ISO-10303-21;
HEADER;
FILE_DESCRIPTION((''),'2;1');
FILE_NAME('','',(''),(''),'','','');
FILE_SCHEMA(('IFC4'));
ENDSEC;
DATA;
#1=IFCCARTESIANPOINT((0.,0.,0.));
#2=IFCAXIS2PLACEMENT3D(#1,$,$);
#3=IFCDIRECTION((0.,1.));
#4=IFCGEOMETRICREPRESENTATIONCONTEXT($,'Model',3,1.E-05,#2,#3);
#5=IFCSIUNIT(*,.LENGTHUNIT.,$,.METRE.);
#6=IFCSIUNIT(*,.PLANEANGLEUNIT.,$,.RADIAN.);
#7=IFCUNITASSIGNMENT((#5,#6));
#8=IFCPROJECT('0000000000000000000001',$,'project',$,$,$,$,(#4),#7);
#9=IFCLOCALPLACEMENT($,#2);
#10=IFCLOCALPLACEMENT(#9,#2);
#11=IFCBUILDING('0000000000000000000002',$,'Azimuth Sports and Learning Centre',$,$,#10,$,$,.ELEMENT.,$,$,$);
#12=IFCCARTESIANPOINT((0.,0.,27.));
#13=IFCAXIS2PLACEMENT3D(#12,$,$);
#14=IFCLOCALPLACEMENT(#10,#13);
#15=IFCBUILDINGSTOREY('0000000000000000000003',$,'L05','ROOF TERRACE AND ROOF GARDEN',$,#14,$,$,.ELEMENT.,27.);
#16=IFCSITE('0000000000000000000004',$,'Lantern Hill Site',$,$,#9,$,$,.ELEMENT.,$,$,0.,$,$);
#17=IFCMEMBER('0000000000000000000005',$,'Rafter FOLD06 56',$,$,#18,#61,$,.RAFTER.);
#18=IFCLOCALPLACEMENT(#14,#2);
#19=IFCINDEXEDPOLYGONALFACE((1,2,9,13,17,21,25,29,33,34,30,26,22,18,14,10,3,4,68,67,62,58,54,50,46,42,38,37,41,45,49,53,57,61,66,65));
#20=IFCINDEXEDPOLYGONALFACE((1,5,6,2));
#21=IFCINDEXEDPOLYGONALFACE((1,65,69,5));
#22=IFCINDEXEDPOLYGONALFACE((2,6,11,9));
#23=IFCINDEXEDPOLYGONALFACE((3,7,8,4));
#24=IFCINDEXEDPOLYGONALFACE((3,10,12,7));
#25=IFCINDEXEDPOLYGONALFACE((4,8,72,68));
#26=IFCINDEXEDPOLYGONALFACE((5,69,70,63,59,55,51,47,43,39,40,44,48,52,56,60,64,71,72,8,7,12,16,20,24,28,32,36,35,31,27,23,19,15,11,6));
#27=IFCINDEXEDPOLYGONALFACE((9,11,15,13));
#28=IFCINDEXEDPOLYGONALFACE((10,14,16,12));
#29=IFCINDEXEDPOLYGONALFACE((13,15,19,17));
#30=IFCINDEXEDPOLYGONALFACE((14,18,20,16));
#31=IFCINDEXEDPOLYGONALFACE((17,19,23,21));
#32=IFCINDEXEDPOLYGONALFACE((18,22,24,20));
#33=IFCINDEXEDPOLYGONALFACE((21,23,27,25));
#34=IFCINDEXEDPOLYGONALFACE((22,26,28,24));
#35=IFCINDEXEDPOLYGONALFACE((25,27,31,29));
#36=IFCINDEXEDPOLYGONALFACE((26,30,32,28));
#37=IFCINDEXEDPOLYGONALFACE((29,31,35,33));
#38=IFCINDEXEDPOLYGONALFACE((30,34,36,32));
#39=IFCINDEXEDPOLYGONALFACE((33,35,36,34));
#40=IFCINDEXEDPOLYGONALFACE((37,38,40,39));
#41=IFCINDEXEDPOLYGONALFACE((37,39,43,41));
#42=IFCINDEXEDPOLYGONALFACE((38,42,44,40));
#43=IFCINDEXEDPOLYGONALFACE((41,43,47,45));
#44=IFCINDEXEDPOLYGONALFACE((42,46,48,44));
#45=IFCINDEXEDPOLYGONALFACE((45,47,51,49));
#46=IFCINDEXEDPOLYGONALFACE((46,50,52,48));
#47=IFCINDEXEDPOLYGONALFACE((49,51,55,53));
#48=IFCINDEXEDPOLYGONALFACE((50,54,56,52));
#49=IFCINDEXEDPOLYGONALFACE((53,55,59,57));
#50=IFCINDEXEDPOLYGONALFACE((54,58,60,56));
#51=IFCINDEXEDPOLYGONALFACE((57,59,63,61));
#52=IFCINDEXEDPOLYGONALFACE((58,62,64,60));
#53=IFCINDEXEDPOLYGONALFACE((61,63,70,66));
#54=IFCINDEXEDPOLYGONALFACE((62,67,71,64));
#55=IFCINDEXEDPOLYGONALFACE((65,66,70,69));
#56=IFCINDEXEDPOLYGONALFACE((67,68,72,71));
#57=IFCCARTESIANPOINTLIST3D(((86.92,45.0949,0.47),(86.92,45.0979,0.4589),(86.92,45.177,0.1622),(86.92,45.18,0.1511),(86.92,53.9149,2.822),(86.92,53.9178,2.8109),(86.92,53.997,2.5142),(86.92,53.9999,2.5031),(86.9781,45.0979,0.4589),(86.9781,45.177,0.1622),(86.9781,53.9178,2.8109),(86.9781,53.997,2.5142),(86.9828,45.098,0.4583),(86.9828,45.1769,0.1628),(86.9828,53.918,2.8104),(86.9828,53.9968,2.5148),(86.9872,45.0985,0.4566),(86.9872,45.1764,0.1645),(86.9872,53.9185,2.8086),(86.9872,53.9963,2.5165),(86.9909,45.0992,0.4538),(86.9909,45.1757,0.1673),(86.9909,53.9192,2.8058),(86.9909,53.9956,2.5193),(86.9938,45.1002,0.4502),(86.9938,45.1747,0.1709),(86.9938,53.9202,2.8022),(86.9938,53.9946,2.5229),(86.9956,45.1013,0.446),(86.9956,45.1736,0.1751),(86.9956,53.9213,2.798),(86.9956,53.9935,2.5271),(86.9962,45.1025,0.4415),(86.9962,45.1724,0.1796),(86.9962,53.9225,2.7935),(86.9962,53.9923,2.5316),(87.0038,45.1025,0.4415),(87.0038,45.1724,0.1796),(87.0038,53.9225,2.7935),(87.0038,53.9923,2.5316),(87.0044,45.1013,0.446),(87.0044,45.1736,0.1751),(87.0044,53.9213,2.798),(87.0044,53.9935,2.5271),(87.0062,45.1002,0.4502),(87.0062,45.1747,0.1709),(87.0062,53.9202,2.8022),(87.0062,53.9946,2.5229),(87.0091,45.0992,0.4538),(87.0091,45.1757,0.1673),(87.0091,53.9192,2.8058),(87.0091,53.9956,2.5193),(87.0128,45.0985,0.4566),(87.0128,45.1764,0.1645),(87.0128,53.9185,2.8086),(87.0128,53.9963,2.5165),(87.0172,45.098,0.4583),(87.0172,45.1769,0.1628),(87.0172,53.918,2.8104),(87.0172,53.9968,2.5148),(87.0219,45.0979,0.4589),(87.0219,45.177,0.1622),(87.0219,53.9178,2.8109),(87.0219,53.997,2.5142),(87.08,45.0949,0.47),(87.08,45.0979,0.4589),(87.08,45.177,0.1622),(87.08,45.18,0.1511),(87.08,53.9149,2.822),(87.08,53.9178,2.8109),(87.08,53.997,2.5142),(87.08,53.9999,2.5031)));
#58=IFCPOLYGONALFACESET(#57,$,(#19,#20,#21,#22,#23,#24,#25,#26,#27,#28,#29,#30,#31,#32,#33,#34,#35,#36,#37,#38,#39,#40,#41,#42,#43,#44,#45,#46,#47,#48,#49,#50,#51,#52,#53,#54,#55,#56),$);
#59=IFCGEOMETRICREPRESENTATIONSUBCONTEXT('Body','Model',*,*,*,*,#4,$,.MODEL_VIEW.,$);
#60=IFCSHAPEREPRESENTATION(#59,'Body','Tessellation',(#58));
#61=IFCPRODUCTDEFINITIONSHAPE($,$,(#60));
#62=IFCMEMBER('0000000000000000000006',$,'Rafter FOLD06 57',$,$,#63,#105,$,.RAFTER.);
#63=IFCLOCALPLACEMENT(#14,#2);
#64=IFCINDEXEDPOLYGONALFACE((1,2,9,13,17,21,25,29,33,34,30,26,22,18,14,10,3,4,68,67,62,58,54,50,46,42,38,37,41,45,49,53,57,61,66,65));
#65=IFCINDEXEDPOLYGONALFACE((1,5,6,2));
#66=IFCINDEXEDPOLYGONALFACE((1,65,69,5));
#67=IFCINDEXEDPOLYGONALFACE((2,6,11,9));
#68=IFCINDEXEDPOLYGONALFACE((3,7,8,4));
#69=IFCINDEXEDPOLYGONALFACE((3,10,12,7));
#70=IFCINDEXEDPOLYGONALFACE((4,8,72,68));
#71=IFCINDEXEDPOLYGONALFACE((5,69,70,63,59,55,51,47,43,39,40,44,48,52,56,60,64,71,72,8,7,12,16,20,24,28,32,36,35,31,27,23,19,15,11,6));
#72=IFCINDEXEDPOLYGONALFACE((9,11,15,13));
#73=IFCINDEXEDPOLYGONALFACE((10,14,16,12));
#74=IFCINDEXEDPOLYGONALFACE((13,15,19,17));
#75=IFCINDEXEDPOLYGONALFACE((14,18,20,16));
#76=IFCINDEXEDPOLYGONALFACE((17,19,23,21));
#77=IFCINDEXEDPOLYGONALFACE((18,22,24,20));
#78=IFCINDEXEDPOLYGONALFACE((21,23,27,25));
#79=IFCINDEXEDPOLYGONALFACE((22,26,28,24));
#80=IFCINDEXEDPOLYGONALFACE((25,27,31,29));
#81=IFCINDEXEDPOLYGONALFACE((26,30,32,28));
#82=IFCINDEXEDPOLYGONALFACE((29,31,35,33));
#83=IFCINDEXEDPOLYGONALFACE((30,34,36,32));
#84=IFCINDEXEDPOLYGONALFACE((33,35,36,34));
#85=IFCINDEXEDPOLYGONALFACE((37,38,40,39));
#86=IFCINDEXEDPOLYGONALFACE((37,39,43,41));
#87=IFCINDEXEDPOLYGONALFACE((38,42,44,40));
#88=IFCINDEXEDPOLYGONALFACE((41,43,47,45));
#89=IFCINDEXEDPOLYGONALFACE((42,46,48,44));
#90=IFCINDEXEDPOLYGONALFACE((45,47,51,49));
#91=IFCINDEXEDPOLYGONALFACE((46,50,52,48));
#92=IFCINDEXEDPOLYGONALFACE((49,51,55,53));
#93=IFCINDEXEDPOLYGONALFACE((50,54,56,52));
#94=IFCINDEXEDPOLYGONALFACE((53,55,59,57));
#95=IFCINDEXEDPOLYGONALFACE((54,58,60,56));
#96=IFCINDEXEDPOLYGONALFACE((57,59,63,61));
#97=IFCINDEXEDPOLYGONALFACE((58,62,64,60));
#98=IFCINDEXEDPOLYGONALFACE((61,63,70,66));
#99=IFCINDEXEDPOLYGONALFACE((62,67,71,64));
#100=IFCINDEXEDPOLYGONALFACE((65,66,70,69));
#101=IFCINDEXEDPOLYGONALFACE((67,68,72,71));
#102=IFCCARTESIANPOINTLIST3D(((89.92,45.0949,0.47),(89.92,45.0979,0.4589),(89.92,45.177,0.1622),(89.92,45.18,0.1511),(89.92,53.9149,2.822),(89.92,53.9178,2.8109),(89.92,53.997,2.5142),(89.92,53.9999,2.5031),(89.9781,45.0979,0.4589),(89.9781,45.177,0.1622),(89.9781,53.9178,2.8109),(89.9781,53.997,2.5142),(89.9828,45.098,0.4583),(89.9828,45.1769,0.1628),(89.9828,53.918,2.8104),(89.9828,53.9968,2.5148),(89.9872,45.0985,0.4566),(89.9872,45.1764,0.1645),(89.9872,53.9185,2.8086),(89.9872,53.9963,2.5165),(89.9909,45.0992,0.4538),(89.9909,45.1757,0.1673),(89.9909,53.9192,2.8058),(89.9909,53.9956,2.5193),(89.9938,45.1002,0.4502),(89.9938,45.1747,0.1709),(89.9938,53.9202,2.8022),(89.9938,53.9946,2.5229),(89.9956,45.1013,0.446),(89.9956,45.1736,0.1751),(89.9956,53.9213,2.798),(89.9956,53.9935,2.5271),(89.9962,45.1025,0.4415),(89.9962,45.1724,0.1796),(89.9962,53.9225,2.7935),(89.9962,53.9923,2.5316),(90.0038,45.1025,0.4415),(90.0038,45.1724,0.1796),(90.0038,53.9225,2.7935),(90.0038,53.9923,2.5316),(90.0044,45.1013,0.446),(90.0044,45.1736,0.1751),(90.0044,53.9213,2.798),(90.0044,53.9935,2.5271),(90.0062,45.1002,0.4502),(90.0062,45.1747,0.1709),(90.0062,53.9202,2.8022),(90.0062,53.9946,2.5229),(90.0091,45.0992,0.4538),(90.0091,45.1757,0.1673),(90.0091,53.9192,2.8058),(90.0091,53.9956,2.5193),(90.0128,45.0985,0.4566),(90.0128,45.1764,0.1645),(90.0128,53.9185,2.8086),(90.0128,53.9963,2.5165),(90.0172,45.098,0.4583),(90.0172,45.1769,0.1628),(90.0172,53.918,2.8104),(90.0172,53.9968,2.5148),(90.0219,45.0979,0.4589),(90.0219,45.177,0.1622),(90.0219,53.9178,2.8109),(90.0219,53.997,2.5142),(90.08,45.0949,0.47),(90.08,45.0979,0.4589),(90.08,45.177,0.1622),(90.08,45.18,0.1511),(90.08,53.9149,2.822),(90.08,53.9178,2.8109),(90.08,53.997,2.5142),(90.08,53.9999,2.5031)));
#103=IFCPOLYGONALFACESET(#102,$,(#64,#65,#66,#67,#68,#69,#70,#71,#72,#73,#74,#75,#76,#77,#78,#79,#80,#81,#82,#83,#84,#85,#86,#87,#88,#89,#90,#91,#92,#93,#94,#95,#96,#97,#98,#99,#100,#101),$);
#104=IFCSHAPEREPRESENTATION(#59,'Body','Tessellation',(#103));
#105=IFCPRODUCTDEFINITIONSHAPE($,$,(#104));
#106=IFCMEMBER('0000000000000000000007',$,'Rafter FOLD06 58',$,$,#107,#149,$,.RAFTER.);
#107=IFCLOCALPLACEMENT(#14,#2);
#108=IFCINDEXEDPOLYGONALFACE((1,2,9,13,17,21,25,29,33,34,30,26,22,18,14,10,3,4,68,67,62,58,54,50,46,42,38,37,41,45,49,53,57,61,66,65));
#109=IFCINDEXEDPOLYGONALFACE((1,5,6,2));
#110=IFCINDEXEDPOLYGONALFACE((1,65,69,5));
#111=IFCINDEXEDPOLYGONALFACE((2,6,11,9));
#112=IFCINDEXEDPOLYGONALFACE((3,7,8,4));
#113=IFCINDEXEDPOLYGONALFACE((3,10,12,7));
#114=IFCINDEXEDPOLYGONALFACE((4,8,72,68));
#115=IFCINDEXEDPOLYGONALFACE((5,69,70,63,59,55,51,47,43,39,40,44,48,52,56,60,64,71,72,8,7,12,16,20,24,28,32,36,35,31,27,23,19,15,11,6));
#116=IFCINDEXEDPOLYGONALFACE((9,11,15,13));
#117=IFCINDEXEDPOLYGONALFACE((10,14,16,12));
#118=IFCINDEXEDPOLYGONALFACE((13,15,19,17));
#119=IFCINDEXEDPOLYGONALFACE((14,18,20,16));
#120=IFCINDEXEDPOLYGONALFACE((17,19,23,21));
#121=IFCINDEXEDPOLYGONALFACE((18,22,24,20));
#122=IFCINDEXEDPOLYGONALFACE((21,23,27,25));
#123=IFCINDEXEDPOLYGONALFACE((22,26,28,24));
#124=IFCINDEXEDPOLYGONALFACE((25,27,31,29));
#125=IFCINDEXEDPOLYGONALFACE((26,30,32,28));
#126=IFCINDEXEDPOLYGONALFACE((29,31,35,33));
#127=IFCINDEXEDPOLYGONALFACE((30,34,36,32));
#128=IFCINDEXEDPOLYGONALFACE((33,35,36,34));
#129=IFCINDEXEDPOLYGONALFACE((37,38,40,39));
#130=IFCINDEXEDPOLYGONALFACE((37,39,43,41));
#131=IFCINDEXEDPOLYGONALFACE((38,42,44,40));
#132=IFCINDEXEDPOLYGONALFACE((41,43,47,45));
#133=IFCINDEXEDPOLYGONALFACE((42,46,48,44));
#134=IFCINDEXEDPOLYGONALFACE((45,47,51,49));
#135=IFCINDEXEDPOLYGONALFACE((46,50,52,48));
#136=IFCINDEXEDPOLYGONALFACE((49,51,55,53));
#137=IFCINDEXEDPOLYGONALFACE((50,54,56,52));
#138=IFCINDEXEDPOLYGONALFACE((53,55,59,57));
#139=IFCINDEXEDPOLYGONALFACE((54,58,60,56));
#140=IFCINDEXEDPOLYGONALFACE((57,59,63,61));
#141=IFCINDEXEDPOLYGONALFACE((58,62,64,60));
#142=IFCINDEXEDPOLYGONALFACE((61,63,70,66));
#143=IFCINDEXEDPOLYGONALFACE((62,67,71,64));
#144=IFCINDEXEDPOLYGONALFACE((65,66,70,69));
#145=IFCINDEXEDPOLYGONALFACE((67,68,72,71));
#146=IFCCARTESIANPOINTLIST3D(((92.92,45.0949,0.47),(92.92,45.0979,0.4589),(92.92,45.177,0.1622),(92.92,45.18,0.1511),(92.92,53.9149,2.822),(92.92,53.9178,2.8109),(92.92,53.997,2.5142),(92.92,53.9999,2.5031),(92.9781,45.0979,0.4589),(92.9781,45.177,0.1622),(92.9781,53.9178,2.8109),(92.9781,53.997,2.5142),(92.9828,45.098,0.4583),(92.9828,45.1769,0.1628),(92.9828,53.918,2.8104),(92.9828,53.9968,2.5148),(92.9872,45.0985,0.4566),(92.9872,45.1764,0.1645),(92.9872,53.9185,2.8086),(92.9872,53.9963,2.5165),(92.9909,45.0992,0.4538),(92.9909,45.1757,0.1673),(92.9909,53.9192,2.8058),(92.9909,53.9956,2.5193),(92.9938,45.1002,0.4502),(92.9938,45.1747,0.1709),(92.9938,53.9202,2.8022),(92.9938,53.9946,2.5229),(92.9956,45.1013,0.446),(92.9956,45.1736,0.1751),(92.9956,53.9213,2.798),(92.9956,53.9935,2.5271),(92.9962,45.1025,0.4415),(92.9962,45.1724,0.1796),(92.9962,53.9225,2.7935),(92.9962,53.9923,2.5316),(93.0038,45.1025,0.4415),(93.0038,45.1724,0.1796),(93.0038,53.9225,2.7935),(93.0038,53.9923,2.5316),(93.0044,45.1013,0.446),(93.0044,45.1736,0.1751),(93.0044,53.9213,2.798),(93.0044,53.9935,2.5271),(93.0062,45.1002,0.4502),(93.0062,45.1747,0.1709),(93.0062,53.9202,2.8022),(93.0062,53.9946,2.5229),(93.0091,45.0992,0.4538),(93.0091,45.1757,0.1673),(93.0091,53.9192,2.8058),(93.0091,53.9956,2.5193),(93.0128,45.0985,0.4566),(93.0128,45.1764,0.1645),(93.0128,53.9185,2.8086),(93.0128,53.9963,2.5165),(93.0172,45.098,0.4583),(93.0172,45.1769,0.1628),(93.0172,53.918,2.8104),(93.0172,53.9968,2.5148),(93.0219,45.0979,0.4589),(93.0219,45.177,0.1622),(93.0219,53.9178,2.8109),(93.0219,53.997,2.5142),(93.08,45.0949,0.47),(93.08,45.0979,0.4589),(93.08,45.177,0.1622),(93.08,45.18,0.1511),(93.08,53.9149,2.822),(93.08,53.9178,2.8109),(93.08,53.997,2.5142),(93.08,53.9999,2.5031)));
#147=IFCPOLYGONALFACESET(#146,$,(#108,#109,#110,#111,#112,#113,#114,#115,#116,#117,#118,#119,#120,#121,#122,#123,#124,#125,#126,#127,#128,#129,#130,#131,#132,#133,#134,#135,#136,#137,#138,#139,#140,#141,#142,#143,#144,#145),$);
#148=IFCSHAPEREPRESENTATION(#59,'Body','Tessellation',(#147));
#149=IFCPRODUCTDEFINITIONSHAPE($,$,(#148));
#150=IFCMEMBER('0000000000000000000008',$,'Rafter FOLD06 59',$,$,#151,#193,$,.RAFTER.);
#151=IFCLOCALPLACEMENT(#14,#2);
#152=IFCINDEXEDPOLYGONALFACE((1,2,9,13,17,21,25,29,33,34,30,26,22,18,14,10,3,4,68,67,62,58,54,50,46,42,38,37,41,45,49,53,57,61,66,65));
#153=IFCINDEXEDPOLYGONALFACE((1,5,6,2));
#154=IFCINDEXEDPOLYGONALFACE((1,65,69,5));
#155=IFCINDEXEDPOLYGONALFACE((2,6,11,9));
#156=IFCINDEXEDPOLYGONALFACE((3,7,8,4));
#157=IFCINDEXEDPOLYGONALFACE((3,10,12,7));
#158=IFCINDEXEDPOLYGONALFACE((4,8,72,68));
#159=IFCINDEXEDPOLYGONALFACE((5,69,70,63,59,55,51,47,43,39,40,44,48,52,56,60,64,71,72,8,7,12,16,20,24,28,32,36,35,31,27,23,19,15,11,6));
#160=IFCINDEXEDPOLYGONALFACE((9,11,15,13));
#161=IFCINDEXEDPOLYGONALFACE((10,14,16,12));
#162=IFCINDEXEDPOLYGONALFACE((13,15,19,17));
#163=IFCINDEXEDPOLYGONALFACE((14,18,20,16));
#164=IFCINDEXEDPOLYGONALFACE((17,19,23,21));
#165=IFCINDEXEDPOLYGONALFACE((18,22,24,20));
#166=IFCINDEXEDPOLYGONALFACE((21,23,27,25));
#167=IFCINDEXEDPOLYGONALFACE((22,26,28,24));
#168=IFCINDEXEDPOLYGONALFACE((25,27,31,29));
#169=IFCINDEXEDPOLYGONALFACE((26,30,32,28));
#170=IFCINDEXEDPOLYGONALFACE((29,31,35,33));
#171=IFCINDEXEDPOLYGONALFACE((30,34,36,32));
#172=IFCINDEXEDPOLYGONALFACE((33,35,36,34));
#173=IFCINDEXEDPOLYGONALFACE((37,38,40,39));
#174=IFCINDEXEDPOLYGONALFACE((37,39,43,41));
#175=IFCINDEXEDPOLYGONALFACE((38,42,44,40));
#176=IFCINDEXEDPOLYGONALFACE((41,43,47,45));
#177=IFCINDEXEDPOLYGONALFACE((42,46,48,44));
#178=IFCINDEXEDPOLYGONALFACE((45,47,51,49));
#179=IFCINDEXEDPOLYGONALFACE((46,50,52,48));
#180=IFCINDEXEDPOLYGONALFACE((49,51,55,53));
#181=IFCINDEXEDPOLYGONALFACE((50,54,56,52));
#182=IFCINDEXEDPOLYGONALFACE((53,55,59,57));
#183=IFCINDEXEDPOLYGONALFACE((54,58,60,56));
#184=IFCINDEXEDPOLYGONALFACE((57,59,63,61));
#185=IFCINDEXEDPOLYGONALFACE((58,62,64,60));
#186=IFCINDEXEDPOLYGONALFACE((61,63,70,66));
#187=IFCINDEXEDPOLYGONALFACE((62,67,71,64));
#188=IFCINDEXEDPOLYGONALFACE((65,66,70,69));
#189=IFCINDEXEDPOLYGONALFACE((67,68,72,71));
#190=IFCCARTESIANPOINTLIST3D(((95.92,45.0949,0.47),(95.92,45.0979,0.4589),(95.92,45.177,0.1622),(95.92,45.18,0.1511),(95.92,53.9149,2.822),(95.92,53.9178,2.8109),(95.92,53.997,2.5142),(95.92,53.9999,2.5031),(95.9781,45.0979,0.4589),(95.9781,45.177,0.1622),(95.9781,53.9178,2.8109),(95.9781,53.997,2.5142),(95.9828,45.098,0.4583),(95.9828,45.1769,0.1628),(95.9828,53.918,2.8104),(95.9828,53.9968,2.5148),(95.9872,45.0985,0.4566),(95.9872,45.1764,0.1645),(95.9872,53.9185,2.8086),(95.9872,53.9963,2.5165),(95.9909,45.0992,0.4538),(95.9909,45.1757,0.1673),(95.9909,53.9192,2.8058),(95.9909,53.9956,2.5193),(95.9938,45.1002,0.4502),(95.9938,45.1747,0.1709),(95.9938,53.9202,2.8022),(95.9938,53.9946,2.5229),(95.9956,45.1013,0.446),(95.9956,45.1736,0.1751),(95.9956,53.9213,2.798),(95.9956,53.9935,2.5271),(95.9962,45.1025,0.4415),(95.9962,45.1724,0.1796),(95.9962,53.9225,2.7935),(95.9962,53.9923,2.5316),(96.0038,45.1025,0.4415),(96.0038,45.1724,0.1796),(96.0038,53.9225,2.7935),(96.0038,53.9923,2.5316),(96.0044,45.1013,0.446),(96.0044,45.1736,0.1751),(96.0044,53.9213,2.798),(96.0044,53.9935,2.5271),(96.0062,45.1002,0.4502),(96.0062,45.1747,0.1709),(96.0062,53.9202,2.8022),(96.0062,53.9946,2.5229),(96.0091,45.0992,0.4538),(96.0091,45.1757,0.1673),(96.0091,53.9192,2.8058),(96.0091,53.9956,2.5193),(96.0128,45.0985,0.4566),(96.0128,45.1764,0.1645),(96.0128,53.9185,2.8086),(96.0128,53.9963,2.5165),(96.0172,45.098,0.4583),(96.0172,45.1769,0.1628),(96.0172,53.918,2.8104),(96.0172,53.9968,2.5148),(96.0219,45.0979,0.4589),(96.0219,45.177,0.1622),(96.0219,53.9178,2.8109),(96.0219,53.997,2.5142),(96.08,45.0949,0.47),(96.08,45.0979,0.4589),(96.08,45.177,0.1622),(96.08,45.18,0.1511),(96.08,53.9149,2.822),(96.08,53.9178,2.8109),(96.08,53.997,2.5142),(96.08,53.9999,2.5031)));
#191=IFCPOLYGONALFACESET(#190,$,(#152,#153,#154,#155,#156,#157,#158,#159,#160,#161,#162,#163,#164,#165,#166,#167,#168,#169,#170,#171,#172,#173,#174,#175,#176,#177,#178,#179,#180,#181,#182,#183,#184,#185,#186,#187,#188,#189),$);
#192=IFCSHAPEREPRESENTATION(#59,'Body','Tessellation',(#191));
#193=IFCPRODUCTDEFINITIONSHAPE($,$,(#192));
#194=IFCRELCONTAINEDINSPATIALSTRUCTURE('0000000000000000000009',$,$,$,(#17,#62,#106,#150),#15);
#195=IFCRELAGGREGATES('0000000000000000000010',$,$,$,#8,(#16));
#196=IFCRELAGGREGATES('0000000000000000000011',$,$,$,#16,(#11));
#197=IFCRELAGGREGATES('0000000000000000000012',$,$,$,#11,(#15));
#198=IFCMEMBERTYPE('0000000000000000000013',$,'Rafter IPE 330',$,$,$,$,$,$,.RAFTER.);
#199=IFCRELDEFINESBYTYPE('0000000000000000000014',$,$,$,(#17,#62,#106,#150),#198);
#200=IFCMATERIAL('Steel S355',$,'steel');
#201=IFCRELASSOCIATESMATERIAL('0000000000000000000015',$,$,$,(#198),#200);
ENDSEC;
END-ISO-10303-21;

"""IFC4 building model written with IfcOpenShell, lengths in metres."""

from ifc_helpers import new_model, si_unit, direction, frame, origin, origin_2d, place, context, subcontext, project, spatial, i_section, extrude, material, material_profile, profile_set, type_object, element, save


model = new_model("IFC4")

# Units and contexts
model_context = context("Model", 3, precision=1e-05, world=origin(), true_north=direction((0.0, 1.0)))
body_context = subcontext(model_context, "Body", "Model", "MODEL_VIEW")
ifc_project = project(units=[si_unit("LENGTHUNIT", "METRE"), si_unit("PLANEANGLEUNIT", "RADIAN")], contexts=[model_context])

# Site, building, storey
site_placement = place(None, origin())
site = spatial("IfcSite", under=ifc_project, at=site_placement, Name="Lantern Hill Site", CompositionType="ELEMENT", RefElevation=0.0)
building_placement = place(site_placement, origin())
building = spatial("IfcBuilding", under=site, at=building_placement, Name="Azimuth Sports and Learning Centre", CompositionType="ELEMENT")
storey_placement = place(building_placement, frame((0.0, 0.0, 27.0)))
storey = spatial("IfcBuildingStorey", under=building, at=storey_placement, Name="L05", Description="ROOF TERRACE AND ROOF GARDEN", CompositionType="ELEMENT", Elevation=27.0)

# Members
ifc_material_1 = material(Name="Steel S355", Category="steel")
ifc_material_profile_1 = material_profile(ifc_material_1, i_section(OverallWidth=0.1599, OverallDepth=0.3301, WebThickness=0.0076, FlangeThickness=0.0115, FilletRadius=0.0181, at=origin_2d()), Name="IPE 330")
ifc_profile_set_1 = profile_set([ifc_material_profile_1], Name="Steel S355")
member_type_1 = type_object("IfcMemberType", Name="Rafter IPE 330", PredefinedType="RAFTER", material=ifc_profile_set_1)
for number, where, z_axis, x_axis, name in (
    (1, (87.0, 45.1375, 0.3105), (0.0, 0.966234, 0.257666), (-1.0, 0.0, 0.0), "Rafter FOLD06 56"),
    (2, (90.0, 45.1375, 0.3105), (0.0, 0.966234, 0.257666), (-1.0, 0.0, 0.0), "Rafter FOLD06 57"),
    (3, (93.0, 45.1375, 0.3105), (0.0, 0.966234, 0.257666), (-1.0, 0.0, 0.0), "Rafter FOLD06 58"),
    (4, (96.0, 45.1375, 0.3105), (0.0, 0.966234, 0.257666), (-1.0, 0.0, 0.0), "Rafter FOLD06 59"),
):
    element("IfcMember", number, at=place(storey_placement, frame(where, z_axis=z_axis, x_axis=x_axis)), inside=storey, type_object=member_type_1, Name=name, PredefinedType="RAFTER", context=body_context, shape_type="SweptSolid", body=[
        extrude(i_section(OverallWidth=0.1599, OverallDepth=0.3301, WebThickness=0.0076, FlangeThickness=0.0115, FilletRadius=0.0181, at=origin_2d()), origin(), (0.0, 0.0, 1.0), 9.1282),
    ])

save(model, "model.ifc")
